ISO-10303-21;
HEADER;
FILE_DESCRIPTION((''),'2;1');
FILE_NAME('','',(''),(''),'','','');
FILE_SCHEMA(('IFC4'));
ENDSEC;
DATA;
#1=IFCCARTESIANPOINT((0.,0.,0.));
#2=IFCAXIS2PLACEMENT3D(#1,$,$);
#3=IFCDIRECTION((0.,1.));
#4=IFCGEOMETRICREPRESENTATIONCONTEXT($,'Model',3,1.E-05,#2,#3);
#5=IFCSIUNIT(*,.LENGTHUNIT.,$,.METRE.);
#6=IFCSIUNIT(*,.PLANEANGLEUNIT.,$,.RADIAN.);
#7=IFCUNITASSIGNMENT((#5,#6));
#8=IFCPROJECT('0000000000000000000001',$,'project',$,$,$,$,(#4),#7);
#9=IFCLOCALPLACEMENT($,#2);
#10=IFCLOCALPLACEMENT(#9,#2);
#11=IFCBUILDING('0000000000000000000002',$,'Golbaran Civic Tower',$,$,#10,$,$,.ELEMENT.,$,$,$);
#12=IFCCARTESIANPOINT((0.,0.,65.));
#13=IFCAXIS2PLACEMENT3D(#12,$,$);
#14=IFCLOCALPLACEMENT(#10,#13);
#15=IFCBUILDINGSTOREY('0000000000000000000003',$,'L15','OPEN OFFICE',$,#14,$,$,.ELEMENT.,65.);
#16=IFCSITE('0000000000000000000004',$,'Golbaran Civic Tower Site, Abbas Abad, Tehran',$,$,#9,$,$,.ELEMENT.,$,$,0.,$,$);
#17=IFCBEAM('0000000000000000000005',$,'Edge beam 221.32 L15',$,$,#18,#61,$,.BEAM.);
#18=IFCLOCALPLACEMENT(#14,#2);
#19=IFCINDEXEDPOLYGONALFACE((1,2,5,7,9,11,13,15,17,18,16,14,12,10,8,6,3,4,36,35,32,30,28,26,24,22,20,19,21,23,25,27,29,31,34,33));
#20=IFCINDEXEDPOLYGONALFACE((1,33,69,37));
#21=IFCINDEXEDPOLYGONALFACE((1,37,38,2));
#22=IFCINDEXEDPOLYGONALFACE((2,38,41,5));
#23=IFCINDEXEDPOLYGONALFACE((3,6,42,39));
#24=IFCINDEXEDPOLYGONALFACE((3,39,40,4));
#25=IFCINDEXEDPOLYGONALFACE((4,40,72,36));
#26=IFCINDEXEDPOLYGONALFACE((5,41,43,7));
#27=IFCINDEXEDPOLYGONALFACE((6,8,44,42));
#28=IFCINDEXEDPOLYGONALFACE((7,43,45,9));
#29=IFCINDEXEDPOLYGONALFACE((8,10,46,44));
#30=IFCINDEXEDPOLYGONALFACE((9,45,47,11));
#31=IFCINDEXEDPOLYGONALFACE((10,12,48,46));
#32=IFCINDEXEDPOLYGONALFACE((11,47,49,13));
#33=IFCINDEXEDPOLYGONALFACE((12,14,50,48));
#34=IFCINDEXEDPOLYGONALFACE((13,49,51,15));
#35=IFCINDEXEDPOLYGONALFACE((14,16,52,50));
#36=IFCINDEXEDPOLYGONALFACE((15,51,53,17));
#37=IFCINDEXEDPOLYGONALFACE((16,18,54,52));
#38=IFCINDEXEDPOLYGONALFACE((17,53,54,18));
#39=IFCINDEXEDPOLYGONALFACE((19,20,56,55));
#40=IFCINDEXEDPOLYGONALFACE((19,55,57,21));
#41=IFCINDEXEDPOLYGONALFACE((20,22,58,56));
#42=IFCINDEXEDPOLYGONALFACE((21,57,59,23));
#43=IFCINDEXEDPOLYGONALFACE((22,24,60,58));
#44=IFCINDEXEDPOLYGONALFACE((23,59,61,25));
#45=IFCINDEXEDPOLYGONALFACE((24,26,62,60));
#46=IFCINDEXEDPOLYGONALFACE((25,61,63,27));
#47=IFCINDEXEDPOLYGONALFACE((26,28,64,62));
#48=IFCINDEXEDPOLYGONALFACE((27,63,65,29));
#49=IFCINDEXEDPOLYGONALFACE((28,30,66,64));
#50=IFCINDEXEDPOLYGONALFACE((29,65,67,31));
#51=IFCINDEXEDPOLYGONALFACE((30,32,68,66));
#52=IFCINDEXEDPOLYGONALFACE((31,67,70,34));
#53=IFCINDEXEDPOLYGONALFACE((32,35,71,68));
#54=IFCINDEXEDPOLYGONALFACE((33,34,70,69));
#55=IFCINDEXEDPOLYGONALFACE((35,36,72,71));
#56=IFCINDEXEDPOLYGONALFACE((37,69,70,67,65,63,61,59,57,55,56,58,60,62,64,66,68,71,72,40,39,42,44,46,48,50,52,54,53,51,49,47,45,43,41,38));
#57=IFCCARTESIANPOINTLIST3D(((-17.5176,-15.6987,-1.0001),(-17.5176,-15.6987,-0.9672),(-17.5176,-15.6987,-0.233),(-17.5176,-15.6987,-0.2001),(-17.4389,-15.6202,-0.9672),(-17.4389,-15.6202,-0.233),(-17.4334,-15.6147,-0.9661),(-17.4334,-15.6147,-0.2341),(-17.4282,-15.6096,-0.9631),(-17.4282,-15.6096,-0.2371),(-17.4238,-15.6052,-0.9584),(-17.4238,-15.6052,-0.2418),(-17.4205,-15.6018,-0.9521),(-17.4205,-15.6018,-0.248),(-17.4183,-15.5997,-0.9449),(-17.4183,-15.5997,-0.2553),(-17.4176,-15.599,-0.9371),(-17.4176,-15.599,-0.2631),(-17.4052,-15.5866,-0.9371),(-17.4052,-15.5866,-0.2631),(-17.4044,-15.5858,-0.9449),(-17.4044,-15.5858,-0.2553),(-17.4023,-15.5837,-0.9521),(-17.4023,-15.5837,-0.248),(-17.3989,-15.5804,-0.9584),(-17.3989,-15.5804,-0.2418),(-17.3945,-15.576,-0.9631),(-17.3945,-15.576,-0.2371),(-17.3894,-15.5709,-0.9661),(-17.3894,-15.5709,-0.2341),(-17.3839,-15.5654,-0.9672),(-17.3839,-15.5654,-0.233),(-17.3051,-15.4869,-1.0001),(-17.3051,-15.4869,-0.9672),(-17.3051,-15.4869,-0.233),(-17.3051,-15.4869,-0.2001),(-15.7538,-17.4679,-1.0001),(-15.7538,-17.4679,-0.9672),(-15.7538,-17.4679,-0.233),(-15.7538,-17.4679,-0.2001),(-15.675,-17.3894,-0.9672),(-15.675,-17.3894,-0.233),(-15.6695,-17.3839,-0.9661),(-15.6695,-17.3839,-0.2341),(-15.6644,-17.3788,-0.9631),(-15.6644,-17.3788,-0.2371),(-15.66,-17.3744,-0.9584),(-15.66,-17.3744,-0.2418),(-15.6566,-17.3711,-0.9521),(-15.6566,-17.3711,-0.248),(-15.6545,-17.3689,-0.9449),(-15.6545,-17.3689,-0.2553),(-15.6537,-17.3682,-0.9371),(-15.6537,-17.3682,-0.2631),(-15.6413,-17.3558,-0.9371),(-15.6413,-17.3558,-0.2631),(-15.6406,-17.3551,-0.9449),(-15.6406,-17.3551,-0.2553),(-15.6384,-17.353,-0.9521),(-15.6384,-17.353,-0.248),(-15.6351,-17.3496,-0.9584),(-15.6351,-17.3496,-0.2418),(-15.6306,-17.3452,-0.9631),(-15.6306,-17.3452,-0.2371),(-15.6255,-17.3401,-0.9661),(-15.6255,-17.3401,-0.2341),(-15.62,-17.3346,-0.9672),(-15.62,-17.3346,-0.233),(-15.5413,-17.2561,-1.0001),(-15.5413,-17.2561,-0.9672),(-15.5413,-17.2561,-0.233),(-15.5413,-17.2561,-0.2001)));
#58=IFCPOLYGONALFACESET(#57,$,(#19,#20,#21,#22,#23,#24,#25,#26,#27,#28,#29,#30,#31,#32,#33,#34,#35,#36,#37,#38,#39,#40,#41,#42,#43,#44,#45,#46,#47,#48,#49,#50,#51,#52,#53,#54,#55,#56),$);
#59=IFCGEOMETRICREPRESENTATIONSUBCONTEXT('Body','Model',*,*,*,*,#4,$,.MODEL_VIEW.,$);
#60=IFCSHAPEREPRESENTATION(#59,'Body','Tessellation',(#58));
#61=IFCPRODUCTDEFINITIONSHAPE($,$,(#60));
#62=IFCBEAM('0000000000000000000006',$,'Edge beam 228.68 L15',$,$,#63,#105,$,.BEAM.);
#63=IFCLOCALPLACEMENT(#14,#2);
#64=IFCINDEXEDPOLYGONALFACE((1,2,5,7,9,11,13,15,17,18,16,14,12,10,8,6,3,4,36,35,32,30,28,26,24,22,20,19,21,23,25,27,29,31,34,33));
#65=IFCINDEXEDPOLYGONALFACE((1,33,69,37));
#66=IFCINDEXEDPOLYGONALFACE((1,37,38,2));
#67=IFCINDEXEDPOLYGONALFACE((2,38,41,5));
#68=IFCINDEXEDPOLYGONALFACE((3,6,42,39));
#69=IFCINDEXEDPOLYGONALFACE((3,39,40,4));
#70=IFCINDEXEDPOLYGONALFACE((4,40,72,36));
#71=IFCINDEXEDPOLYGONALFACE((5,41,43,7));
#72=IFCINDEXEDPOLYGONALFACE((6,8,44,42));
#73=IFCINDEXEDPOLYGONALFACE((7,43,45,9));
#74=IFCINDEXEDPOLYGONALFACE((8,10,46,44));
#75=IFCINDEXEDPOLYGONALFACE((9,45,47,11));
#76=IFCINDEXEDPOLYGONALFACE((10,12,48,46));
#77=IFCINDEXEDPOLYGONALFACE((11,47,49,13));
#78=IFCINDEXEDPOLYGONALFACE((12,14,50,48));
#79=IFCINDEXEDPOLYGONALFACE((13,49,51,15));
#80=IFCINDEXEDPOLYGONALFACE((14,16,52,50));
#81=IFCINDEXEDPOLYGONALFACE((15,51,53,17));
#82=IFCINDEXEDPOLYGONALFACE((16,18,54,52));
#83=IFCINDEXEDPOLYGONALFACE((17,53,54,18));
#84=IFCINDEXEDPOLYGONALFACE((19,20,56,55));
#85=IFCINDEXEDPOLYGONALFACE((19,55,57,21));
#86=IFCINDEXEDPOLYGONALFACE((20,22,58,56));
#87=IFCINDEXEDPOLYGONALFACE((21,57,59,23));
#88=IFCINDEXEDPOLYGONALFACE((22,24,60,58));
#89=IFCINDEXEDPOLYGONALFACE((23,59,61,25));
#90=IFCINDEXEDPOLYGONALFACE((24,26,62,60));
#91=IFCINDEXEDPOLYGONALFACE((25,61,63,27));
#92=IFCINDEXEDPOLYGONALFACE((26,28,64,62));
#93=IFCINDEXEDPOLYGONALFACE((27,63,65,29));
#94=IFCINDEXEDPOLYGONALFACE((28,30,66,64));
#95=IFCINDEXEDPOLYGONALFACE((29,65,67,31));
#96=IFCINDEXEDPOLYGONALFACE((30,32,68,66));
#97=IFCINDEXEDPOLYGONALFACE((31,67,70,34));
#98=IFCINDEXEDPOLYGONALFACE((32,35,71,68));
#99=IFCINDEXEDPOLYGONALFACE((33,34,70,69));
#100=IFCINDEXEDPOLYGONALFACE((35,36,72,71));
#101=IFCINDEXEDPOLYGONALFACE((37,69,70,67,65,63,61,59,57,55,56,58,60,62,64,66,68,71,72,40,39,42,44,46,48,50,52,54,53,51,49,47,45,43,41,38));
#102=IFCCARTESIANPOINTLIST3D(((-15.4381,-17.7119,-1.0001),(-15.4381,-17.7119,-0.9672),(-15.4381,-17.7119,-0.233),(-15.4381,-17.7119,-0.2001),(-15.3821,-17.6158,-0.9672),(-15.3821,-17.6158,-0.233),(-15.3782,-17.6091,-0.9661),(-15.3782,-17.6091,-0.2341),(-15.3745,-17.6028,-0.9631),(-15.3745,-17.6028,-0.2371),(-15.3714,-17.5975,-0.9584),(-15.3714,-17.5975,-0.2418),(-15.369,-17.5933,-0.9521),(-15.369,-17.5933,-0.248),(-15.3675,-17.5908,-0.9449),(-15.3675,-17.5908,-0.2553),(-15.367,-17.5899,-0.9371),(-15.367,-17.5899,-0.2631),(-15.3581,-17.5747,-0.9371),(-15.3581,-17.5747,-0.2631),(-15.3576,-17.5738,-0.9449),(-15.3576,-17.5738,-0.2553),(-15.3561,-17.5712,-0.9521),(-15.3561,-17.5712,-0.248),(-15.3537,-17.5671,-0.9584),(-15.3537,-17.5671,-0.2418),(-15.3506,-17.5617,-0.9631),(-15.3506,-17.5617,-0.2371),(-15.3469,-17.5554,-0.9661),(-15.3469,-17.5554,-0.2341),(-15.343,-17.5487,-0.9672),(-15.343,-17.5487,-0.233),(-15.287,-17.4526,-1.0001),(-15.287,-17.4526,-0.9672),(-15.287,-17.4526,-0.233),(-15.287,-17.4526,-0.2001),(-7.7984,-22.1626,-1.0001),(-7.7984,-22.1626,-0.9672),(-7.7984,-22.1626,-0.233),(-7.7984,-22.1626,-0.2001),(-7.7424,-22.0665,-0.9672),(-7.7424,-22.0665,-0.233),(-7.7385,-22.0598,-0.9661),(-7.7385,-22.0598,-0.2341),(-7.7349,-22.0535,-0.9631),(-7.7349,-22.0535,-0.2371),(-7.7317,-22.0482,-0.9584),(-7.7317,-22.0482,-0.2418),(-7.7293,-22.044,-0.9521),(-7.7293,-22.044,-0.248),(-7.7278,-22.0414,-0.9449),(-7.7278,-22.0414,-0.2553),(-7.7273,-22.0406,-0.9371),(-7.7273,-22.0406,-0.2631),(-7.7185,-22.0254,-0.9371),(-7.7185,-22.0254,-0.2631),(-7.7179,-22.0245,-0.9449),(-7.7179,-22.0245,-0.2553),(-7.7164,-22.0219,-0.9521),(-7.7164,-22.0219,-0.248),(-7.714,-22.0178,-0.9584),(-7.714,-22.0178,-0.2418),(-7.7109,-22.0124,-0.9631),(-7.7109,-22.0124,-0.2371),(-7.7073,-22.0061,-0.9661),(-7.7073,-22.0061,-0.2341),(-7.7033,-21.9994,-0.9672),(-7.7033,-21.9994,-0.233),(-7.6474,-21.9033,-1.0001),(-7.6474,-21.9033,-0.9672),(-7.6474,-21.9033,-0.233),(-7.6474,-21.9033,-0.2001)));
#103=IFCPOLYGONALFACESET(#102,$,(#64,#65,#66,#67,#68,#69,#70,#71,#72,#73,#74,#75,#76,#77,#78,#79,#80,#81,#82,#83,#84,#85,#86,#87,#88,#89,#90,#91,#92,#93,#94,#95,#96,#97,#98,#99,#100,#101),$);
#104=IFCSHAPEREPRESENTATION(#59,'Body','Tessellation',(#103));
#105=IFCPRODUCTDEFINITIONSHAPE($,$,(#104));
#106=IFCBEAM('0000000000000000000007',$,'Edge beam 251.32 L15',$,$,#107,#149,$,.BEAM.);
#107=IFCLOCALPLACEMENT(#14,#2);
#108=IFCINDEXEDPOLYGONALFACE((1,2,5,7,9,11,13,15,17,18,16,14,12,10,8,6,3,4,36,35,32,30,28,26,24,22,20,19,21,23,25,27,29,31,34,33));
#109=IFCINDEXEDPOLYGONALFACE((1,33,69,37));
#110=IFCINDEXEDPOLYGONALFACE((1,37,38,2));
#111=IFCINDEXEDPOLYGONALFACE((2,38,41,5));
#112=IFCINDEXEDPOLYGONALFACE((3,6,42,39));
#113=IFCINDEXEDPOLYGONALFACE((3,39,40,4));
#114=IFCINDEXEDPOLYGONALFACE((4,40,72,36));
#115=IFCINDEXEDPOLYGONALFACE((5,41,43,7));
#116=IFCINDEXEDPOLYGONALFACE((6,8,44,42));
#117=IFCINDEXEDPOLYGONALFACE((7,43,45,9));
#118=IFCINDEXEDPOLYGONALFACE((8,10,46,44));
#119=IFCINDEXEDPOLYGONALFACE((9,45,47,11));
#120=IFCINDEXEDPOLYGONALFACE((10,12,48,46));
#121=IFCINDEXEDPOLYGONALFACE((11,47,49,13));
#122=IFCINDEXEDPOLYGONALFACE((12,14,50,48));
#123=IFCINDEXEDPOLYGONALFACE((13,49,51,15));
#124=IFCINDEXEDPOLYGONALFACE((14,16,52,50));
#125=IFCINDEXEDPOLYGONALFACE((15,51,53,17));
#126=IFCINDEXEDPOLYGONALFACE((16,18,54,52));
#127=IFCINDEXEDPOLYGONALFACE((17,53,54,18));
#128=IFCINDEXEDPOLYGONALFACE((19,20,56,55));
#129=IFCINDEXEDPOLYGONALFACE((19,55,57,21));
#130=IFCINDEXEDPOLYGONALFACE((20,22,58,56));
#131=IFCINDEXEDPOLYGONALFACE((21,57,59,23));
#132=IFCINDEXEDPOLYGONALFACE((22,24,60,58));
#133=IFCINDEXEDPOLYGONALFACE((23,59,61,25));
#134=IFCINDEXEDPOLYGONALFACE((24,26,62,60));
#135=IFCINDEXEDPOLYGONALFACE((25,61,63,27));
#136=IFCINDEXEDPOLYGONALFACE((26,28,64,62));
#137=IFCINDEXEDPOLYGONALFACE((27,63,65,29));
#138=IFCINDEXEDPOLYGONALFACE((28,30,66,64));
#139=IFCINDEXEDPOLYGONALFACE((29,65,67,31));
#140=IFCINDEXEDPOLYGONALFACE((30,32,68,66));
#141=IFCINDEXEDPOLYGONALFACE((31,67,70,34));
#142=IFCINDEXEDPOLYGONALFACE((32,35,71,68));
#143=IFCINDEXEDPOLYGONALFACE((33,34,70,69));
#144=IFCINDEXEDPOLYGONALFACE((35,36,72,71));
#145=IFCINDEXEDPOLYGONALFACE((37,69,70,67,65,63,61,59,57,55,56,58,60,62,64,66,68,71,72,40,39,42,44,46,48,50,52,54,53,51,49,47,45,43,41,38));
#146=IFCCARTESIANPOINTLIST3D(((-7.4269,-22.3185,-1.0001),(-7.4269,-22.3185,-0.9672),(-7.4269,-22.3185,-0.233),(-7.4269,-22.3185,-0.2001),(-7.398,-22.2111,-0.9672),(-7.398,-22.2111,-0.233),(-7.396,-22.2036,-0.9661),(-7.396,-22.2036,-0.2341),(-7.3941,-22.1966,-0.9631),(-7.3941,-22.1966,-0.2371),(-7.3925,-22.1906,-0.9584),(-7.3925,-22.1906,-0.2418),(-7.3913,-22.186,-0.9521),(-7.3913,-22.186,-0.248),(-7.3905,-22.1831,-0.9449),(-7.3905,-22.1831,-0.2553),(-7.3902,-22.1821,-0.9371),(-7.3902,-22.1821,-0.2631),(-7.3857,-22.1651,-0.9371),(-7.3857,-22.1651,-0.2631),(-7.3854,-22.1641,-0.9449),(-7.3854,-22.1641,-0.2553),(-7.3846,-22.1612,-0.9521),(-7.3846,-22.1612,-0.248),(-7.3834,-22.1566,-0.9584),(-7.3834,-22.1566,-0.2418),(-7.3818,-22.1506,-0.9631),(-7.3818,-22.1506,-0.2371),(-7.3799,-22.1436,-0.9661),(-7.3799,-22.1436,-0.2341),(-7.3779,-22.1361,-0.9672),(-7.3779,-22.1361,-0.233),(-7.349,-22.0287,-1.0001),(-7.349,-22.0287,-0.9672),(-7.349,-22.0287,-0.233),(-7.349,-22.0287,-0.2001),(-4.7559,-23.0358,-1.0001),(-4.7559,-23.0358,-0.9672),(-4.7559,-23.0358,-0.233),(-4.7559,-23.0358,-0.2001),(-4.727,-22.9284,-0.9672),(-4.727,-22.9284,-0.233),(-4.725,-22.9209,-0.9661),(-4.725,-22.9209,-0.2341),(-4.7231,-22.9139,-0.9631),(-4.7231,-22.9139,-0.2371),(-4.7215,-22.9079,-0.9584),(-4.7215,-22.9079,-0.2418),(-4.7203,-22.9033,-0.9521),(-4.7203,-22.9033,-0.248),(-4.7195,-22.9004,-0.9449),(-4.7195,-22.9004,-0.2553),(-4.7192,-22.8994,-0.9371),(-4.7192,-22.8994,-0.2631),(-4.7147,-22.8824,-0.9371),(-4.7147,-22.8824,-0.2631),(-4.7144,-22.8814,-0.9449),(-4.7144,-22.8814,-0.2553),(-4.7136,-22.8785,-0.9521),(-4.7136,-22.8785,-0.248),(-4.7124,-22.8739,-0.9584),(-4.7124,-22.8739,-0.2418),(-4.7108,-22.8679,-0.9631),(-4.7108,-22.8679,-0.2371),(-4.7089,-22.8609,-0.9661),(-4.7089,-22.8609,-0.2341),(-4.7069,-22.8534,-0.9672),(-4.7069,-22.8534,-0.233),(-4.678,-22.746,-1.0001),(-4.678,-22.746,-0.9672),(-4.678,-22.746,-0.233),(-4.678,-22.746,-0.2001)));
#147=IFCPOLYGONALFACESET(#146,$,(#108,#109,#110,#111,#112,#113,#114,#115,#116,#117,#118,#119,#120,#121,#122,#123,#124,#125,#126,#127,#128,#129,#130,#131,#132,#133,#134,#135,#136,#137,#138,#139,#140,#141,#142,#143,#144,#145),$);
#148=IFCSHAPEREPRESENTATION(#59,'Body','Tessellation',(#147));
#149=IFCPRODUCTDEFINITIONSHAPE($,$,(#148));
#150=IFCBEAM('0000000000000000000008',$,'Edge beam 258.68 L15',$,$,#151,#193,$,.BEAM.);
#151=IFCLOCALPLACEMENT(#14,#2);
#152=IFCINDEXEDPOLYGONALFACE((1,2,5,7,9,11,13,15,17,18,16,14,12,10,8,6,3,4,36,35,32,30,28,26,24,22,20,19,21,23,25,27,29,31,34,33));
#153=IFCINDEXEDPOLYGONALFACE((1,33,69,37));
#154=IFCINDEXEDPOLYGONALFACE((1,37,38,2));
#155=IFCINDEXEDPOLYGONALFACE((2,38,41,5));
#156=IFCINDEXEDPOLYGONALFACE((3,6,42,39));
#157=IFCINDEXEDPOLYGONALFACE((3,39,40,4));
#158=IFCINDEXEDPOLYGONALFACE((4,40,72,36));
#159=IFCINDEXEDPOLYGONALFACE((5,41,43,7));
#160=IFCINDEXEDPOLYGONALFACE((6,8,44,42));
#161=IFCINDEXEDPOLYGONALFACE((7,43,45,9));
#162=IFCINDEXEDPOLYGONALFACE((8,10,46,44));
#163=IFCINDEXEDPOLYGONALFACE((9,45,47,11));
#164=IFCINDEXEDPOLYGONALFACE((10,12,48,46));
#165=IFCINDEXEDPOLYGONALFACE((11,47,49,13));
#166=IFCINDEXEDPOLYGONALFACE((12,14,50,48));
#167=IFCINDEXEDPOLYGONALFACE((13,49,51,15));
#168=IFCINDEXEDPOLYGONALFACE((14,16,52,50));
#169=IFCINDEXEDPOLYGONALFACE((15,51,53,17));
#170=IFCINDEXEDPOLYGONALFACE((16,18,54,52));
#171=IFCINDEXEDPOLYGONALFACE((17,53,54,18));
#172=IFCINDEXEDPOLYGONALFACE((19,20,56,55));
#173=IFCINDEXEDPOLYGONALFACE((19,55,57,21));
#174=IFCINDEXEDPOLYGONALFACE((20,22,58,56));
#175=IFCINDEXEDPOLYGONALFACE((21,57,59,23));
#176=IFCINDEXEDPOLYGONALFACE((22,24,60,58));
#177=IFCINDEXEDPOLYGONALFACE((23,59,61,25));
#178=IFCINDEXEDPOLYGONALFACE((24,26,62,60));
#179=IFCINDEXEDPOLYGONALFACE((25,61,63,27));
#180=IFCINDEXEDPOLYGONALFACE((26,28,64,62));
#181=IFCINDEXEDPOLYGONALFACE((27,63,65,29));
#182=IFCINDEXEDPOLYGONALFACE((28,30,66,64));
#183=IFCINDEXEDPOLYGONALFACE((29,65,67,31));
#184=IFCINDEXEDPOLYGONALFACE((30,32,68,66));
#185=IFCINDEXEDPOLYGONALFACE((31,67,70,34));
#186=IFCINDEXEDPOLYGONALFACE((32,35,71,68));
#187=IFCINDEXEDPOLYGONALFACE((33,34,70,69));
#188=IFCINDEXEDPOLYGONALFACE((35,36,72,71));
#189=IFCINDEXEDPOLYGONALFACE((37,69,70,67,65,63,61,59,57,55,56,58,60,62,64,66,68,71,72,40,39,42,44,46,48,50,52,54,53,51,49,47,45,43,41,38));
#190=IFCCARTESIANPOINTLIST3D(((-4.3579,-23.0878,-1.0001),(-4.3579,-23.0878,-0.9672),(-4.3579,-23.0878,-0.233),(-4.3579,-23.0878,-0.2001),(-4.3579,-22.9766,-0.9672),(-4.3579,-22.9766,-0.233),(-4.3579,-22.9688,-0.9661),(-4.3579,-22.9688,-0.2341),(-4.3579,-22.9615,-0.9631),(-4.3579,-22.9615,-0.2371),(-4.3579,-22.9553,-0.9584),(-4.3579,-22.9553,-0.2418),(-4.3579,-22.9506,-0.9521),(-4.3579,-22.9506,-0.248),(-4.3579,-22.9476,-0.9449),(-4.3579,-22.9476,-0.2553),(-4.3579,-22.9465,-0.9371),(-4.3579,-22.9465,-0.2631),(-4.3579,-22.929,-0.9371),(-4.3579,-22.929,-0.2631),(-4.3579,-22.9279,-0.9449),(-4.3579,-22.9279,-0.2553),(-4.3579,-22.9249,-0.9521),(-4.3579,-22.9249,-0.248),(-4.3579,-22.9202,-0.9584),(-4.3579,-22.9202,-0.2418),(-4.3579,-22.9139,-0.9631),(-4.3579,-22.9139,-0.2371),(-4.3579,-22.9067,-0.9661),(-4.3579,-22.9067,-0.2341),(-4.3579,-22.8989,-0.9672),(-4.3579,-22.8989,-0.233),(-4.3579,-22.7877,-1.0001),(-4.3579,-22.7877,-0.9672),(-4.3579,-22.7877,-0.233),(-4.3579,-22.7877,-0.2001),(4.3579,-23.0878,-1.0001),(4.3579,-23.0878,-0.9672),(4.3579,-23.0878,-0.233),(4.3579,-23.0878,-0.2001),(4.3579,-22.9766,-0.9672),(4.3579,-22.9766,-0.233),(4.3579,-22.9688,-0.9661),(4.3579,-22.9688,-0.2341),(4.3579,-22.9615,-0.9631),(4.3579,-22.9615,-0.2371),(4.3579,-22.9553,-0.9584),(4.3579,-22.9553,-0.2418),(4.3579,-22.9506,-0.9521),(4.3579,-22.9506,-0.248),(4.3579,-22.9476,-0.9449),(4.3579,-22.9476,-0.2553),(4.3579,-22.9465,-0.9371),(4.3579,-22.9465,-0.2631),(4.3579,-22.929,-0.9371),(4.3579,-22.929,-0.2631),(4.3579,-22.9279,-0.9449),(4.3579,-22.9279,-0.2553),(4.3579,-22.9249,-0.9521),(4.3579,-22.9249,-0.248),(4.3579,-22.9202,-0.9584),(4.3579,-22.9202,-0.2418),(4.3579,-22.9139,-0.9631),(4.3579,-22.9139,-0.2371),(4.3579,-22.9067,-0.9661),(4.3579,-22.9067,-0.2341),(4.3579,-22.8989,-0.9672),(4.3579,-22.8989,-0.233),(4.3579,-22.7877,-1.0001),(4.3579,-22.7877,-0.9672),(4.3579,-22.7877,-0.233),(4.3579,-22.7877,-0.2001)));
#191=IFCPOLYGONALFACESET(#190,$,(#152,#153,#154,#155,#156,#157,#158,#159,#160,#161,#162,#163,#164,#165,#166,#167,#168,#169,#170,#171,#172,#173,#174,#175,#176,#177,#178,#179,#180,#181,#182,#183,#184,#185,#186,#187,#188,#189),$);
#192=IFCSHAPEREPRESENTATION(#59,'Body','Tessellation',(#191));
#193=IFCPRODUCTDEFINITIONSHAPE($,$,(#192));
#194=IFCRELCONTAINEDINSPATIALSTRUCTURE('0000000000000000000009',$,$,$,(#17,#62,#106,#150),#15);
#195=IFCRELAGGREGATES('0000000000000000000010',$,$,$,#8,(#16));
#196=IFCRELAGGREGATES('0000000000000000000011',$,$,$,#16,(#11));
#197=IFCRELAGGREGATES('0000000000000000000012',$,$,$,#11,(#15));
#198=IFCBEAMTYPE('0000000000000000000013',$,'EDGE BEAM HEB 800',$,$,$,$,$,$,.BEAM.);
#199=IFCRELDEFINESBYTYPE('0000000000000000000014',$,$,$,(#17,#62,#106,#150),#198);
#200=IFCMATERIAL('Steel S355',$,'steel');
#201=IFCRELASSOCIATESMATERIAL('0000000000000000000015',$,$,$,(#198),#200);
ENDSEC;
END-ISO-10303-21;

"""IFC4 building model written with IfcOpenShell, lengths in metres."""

from ifc_helpers import new_model, si_unit, direction, frame, origin, origin_2d, place, context, subcontext, project, spatial, i_section, extrude, material, material_profile, profile_set, type_object, element, save


model = new_model("IFC4")

# Units and contexts
model_context = context("Model", 3, precision=1e-05, world=origin(), true_north=direction((0.0, 1.0)))
body_context = subcontext(model_context, "Body", "Model", "MODEL_VIEW")
ifc_project = project(units=[si_unit("LENGTHUNIT", "METRE"), si_unit("PLANEANGLEUNIT", "RADIAN")], contexts=[model_context])

# Site, building, storey
site_placement = place(None, origin())
site = spatial("IfcSite", under=ifc_project, at=site_placement, Name="Golbaran Civic Tower Site, Abbas Abad, Tehran", CompositionType="ELEMENT", RefElevation=0.0)
building_placement = place(site_placement, origin())
building = spatial("IfcBuilding", under=site, at=building_placement, Name="Golbaran Civic Tower", CompositionType="ELEMENT")
storey_placement = place(building_placement, frame((0.0, 0.0, 65.0)))
storey = spatial("IfcBuildingStorey", under=building, at=storey_placement, Name="L15", Description="OPEN OFFICE", CompositionType="ELEMENT", Elevation=65.0)

# Beams
ifc_material_1 = material(Name="Steel S355", Category="steel")
ifc_material_profile_1 = material_profile(ifc_material_1, i_section(OverallWidth=0.3, OverallDepth=0.8, WebThickness=0.0176, FlangeThickness=0.033, FilletRadius=0.03, at=origin_2d()), Name="HEB 800")
ifc_profile_set_1 = profile_set([ifc_material_profile_1], Name="Steel S355")
beam_type_1 = type_object("IfcBeamType", Name="EDGE BEAM HEB 800", PredefinedType="BEAM", material=ifc_profile_set_1)
beam_1_placement = place(storey_placement, frame((-17.4114, -15.5928, -0.6001), z_axis=(0.706031, -0.708181, 0.0), x_axis=(0.708181, 0.706031, 0.0)))
element("IfcBeam", 1, at=beam_1_placement, inside=storey, type_object=beam_type_1, Name="Edge beam 221.32 L15", PredefinedType="BEAM", context=body_context, shape_type="SweptSolid", body=[
    extrude(i_section(OverallWidth=0.3, OverallDepth=0.8, WebThickness=0.0176, FlangeThickness=0.033, FilletRadius=0.03, at=origin_2d()), origin(), (0.0, 0.0, 1.0), 2.4983),
])
beam_2_placement = place(storey_placement, frame((-15.3625, -17.5823, -0.6001), z_axis=(0.864063, -0.503383, 0.0), x_axis=(0.503383, 0.864063, 0.0)))
element("IfcBeam", 2, at=beam_2_placement, inside=storey, type_object=beam_type_1, Name="Edge beam 228.68 L15", PredefinedType="BEAM", context=body_context, shape_type="SweptSolid", body=[
    extrude(i_section(OverallWidth=0.3, OverallDepth=0.8, WebThickness=0.0176, FlangeThickness=0.033, FilletRadius=0.03, at=origin_2d()), origin(), (0.0, 0.0, 1.0), 8.8416),
])
beam_3_placement = place(storey_placement, frame((-7.3879, -22.1736, -0.6001), z_axis=(0.965779, -0.259366, 0.0), x_axis=(0.259366, 0.965779, 0.0)))
element("IfcBeam", 3, at=beam_3_placement, inside=storey, type_object=beam_type_1, Name="Edge beam 251.32 L15", PredefinedType="BEAM", context=body_context, shape_type="SweptSolid", body=[
    extrude(i_section(OverallWidth=0.3, OverallDepth=0.8, WebThickness=0.0176, FlangeThickness=0.033, FilletRadius=0.03, at=origin_2d()), origin(), (0.0, 0.0, 1.0), 2.7656),
])
beam_4_placement = place(storey_placement, frame((-4.3579, -22.9377, -0.6001), z_axis=(1.0, 0.0, 0.0), x_axis=(0.0, 1.0, 0.0)))
element("IfcBeam", 4, at=beam_4_placement, inside=storey, type_object=beam_type_1, Name="Edge beam 258.68 L15", PredefinedType="BEAM", context=body_context, shape_type="SweptSolid", body=[
    extrude(i_section(OverallWidth=0.3, OverallDepth=0.8, WebThickness=0.0176, FlangeThickness=0.033, FilletRadius=0.03, at=origin_2d()), origin(), (0.0, 0.0, 1.0), 8.7158),
])

save(model, "model.ifc")
